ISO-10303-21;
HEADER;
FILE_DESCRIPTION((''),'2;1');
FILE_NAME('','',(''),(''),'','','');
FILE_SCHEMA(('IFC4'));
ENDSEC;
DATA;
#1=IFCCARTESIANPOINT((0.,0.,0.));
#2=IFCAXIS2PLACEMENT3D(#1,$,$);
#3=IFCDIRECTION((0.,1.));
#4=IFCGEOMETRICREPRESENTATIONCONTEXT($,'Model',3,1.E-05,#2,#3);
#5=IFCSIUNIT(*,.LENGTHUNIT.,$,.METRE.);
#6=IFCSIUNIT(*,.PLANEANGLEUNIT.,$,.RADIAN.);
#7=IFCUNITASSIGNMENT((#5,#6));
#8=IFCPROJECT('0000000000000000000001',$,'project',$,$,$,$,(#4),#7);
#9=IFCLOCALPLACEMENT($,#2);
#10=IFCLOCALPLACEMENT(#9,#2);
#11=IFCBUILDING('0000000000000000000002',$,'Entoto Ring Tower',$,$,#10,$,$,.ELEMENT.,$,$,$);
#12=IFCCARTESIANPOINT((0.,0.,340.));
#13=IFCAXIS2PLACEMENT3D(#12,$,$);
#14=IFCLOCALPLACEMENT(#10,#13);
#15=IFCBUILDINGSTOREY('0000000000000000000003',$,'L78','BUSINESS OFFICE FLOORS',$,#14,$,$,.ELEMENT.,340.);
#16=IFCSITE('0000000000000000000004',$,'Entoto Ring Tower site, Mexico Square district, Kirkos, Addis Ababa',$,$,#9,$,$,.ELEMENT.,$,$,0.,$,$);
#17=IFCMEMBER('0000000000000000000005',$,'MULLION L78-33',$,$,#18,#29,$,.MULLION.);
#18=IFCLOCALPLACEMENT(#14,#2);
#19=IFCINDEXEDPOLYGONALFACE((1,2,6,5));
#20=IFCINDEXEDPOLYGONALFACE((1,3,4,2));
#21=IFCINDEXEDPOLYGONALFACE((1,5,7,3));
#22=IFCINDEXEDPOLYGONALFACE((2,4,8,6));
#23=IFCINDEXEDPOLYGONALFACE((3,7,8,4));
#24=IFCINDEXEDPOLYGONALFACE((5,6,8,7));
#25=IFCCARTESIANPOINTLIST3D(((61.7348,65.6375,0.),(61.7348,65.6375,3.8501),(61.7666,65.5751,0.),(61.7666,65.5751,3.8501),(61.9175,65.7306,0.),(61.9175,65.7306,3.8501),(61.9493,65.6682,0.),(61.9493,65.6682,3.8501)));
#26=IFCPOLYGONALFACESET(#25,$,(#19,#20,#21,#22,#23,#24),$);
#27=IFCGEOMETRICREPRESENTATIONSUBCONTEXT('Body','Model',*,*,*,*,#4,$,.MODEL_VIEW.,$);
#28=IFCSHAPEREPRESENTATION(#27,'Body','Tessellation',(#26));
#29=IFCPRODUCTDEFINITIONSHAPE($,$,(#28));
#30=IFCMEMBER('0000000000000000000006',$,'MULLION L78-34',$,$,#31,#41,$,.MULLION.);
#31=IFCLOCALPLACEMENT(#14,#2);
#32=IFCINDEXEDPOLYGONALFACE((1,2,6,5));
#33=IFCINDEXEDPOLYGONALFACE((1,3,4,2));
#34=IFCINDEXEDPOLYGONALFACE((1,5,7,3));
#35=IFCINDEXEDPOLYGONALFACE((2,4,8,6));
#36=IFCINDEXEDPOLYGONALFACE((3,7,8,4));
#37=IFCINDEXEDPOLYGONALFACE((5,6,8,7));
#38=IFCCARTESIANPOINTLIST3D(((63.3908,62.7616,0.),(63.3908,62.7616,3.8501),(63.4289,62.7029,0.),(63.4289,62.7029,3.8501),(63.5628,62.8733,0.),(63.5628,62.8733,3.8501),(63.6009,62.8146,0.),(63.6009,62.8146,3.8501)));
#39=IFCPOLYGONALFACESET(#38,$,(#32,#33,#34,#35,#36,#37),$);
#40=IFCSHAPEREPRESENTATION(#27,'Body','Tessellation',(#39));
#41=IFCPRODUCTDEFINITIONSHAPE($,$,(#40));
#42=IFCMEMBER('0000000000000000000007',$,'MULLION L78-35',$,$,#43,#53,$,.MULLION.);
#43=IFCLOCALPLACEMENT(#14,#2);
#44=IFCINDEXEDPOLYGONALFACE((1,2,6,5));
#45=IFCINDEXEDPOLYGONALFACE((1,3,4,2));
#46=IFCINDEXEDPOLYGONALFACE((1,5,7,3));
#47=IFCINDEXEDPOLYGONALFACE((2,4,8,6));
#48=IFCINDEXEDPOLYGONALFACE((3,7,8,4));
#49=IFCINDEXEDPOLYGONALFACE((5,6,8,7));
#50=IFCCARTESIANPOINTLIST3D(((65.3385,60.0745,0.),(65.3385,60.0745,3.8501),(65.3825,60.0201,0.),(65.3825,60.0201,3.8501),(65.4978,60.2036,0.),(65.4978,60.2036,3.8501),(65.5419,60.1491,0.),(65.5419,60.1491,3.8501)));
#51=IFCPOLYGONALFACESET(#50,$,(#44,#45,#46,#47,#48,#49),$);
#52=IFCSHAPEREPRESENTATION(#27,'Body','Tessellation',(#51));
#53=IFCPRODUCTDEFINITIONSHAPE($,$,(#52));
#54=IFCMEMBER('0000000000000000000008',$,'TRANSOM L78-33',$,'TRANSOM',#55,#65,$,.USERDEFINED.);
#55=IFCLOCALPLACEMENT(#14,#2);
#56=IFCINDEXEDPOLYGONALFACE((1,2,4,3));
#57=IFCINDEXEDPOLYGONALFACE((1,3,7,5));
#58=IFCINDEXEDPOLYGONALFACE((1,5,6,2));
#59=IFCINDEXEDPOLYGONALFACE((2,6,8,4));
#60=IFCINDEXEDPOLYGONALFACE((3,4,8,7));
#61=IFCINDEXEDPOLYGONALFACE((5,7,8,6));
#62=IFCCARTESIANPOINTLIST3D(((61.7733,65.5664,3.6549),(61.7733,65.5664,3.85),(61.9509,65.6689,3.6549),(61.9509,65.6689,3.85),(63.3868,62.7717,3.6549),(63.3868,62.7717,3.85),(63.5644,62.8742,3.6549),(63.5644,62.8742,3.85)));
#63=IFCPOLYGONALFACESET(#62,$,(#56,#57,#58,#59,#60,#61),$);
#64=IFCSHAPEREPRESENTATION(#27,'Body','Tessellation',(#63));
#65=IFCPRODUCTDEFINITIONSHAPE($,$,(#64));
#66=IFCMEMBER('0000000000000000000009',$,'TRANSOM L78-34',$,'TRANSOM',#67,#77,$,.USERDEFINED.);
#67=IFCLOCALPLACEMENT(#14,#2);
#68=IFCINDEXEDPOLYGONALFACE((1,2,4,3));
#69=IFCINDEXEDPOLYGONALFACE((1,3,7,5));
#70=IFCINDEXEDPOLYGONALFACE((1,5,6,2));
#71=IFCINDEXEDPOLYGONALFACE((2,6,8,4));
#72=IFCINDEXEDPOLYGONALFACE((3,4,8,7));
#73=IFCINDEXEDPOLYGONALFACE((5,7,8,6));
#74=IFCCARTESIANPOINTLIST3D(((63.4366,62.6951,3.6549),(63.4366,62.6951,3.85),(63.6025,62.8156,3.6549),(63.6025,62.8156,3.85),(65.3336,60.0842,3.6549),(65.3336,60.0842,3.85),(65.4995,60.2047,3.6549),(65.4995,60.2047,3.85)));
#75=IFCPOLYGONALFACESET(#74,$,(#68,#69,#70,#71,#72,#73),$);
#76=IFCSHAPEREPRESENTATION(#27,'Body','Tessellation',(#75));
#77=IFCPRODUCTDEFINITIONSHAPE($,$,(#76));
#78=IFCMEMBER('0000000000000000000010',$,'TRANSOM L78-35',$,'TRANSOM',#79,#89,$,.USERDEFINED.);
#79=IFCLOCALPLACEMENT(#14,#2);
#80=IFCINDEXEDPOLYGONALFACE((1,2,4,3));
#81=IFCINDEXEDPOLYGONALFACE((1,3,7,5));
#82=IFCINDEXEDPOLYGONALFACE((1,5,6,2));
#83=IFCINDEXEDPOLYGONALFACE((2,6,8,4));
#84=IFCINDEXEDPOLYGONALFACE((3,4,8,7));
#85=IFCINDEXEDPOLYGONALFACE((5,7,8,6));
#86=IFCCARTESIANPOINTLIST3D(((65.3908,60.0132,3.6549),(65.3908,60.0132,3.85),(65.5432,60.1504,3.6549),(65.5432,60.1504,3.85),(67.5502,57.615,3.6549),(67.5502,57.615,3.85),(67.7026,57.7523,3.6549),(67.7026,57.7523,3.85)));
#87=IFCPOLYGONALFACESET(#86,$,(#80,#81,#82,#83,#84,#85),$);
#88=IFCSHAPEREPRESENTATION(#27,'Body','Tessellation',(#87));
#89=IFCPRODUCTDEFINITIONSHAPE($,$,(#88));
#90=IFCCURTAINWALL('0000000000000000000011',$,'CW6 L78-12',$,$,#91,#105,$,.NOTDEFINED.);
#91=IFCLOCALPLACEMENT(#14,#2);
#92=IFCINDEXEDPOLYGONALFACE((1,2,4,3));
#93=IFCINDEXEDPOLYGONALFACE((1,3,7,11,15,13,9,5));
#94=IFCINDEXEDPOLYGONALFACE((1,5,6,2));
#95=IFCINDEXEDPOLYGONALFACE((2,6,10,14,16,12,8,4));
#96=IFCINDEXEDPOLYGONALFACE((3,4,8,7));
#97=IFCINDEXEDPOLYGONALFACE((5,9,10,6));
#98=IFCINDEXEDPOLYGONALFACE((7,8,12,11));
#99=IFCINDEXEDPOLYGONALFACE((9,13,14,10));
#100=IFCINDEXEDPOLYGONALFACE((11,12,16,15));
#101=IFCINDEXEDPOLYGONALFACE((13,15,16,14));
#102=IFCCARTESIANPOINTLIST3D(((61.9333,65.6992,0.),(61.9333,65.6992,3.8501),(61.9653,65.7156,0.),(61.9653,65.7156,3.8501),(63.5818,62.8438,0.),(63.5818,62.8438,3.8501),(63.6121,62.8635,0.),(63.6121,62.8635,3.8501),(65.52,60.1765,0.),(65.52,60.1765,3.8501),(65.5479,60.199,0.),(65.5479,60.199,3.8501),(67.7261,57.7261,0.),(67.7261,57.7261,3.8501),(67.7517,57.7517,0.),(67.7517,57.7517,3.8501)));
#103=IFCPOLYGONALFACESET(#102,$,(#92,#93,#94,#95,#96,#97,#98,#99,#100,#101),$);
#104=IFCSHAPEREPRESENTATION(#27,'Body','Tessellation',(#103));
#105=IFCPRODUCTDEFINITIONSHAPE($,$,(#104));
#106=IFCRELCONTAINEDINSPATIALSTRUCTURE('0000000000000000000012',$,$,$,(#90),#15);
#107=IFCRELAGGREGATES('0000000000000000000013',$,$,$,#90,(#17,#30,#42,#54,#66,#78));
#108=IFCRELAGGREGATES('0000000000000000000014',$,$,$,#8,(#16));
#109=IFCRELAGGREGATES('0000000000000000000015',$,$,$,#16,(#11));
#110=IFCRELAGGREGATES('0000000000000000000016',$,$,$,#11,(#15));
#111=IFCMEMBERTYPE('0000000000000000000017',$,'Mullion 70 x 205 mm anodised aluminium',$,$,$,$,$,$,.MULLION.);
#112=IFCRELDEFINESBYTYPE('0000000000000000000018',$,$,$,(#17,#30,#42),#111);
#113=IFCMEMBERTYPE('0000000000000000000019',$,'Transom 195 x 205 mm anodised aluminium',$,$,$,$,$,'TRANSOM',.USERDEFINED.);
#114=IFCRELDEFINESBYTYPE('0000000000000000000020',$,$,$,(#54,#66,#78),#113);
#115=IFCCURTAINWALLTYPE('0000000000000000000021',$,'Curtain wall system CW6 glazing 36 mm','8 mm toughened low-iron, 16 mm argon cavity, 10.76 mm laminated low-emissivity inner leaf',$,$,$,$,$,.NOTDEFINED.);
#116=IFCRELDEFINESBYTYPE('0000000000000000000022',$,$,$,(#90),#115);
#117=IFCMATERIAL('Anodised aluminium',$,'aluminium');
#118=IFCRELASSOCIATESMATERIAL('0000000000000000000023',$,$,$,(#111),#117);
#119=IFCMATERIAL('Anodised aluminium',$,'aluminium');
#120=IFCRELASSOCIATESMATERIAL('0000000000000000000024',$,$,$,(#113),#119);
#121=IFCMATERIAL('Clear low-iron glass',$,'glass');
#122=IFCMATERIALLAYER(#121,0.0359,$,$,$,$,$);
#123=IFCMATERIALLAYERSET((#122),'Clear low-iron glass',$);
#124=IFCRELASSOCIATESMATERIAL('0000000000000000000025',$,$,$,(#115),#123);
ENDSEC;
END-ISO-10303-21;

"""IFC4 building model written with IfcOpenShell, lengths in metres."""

from ifc_helpers import new_model, si_unit, direction, frame, origin, origin_2d, place, context, subcontext, project, spatial, polyline, rectangle, outline, extrude, material, layer, layer_set, material_profile, profile_set, type_object, element, aggregate, save


model = new_model("IFC4")

# Units and contexts
model_context = context("Model", 3, precision=1e-05, world=origin(), true_north=direction((0.0, 1.0)))
body_context = subcontext(model_context, "Body", "Model", "MODEL_VIEW")
ifc_project = project(units=[si_unit("LENGTHUNIT", "METRE"), si_unit("PLANEANGLEUNIT", "RADIAN")], contexts=[model_context])

# Members
ifc_material_1 = material(Name="Anodised aluminium", Category="aluminium")
ifc_material_profile_1 = material_profile(ifc_material_1, rectangle(XDim=0.0701, YDim=0.2051, at=origin_2d()), Name="Mullion 70 x 205 mm anodised aluminium")
ifc_profile_set_1 = profile_set([ifc_material_profile_1], Name="Anodised aluminium")
member_type_1 = type_object("IfcMemberType", Name="Mullion 70 x 205 mm anodised aluminium", PredefinedType="MULLION", material=ifc_profile_set_1)
site_placement = place(None, origin())
building_placement = place(site_placement, origin())
storey_placement = place(building_placement, frame((0.0, 0.0, 340.0)))
member_1_placement = place(storey_placement, frame((61.842, 65.6528, 0.0), z_axis=(0.0, 0.0, 1.0), x_axis=(0.45399, -0.891007, 0.0)))
member_1 = element("IfcMember", 1, at=member_1_placement, type_object=member_type_1, Name="MULLION L78-33", PredefinedType="MULLION", context=body_context, shape_type="SweptSolid", body=[
    extrude(rectangle(XDim=0.0701, YDim=0.2051, at=origin_2d()), origin(), (0.0, 0.0, 1.0), 3.8501),
])
member_2_placement = place(storey_placement, frame((63.4958, 62.7881, 0.0), z_axis=(0.0, 0.0, 1.0), x_axis=(0.544639, -0.838671, 0.0)))
member_2 = element("IfcMember", 2, at=member_2_placement, type_object=member_type_1, Name="MULLION L78-34", PredefinedType="MULLION", context=body_context, shape_type="SweptSolid", body=[
    extrude(rectangle(XDim=0.0701, YDim=0.2051, at=origin_2d()), origin(), (0.0, 0.0, 1.0), 3.8501),
])
member_3_placement = place(storey_placement, frame((65.4402, 60.1118, 0.0), z_axis=(0.0, 0.0, 1.0), x_axis=(0.62932, -0.777146, 0.0)))
member_3 = element("IfcMember", 3, at=member_3_placement, type_object=member_type_1, Name="MULLION L78-35", PredefinedType="MULLION", context=body_context, shape_type="SweptSolid", body=[
    extrude(rectangle(XDim=0.0701, YDim=0.2051, at=origin_2d()), origin(), (0.0, 0.0, 1.0), 3.8501),
])
ifc_material_2 = material(Name="Anodised aluminium", Category="aluminium")
ifc_material_profile_2 = material_profile(ifc_material_2, rectangle(XDim=0.2051, YDim=0.1951, at=origin_2d()), Name="Transom 195 x 205 mm anodised aluminium")
ifc_profile_set_2 = profile_set([ifc_material_profile_2], Name="Anodised aluminium")
member_type_2 = type_object("IfcMemberType", Name="Transom 195 x 205 mm anodised aluminium", ElementType="TRANSOM", PredefinedType="USERDEFINED", material=ifc_profile_set_2)
member_4_placement = place(storey_placement, frame((61.8621, 65.6177, 3.7524), z_axis=(0.500004, -0.866023, 0.0), x_axis=(0.866023, 0.500004, 0.0)))
member_4 = element("IfcMember", 4, at=member_4_placement, type_object=member_type_2, Name="TRANSOM L78-33", ObjectType="TRANSOM", PredefinedType="USERDEFINED", context=body_context, shape_type="SweptSolid", body=[
    extrude(rectangle(XDim=0.2051, YDim=0.1951, at=origin_2d()), origin(), (0.0, 0.0, 1.0), 3.2271),
])
member_5_placement = place(storey_placement, frame((63.5195, 62.7554, 3.7524), z_axis=(0.587803, -0.809004, 0.0), x_axis=(0.809004, 0.587803, 0.0)))
member_5 = element("IfcMember", 5, at=member_5_placement, type_object=member_type_2, Name="TRANSOM L78-34", ObjectType="TRANSOM", PredefinedType="USERDEFINED", context=body_context, shape_type="SweptSolid", body=[
    extrude(rectangle(XDim=0.2051, YDim=0.1951, at=origin_2d()), origin(), (0.0, 0.0, 1.0), 3.2273),
])
member_6_placement = place(storey_placement, frame((65.467, 60.0818, 3.7524), z_axis=(0.669144, -0.743132, 0.0), x_axis=(0.743132, 0.669144, 0.0)))
member_6 = element("IfcMember", 6, at=member_6_placement, type_object=member_type_2, Name="TRANSOM L78-35", ObjectType="TRANSOM", PredefinedType="USERDEFINED", context=body_context, shape_type="SweptSolid", body=[
    extrude(rectangle(XDim=0.2051, YDim=0.1951, at=origin_2d()), origin(), (0.0, 0.0, 1.0), 3.2271),
])

# Site, building, storey
site = spatial("IfcSite", under=ifc_project, at=site_placement, Name="Entoto Ring Tower site, Mexico Square district, Kirkos, Addis Ababa", CompositionType="ELEMENT", RefElevation=0.0)
building = spatial("IfcBuilding", under=site, at=building_placement, Name="Entoto Ring Tower", CompositionType="ELEMENT")
storey = spatial("IfcBuildingStorey", under=building, at=storey_placement, Name="L78", Description="BUSINESS OFFICE FLOORS", CompositionType="ELEMENT", Elevation=340.0)

# Curtain wall
ifc_material_3 = material(Name="Clear low-iron glass", Category="glass")
ifc_layer = layer(ifc_material_3, 0.0359)
ifc_layer_set = layer_set([ifc_layer], Name="Clear low-iron glass")
curtain_wall_type = type_object("IfcCurtainWallType", Name="Curtain wall system CW6 glazing 36 mm", Description="8 mm toughened low-iron, 16 mm argon cavity, 10.76 mm laminated low-emissivity inner leaf", PredefinedType="NOTDEFINED", material=ifc_layer_set)
curtain_wall_1_placement = place(storey_placement, origin())
curtain_wall_1 = element("IfcCurtainWall", 7, at=curtain_wall_1_placement, inside=storey, type_object=curtain_wall_type, Name="CW6 L78-12", PredefinedType="NOTDEFINED", context=body_context, shape_type="SweptSolid", body=[
    extrude(outline(polyline([(61.9333, 65.6992), (63.5818, 62.8438), (65.52, 60.1765), (67.7261, 57.7261), (67.7517, 57.7517), (65.5479, 60.199), (63.6121, 62.8635), (61.9653, 65.7156), (61.9333, 65.6992)])), origin(), (0.0, 0.0, 1.0), 3.8501),
])
aggregate(curtain_wall_1, [member_1, member_2, member_3, member_4, member_5, member_6])

save(model, "model.ifc")
